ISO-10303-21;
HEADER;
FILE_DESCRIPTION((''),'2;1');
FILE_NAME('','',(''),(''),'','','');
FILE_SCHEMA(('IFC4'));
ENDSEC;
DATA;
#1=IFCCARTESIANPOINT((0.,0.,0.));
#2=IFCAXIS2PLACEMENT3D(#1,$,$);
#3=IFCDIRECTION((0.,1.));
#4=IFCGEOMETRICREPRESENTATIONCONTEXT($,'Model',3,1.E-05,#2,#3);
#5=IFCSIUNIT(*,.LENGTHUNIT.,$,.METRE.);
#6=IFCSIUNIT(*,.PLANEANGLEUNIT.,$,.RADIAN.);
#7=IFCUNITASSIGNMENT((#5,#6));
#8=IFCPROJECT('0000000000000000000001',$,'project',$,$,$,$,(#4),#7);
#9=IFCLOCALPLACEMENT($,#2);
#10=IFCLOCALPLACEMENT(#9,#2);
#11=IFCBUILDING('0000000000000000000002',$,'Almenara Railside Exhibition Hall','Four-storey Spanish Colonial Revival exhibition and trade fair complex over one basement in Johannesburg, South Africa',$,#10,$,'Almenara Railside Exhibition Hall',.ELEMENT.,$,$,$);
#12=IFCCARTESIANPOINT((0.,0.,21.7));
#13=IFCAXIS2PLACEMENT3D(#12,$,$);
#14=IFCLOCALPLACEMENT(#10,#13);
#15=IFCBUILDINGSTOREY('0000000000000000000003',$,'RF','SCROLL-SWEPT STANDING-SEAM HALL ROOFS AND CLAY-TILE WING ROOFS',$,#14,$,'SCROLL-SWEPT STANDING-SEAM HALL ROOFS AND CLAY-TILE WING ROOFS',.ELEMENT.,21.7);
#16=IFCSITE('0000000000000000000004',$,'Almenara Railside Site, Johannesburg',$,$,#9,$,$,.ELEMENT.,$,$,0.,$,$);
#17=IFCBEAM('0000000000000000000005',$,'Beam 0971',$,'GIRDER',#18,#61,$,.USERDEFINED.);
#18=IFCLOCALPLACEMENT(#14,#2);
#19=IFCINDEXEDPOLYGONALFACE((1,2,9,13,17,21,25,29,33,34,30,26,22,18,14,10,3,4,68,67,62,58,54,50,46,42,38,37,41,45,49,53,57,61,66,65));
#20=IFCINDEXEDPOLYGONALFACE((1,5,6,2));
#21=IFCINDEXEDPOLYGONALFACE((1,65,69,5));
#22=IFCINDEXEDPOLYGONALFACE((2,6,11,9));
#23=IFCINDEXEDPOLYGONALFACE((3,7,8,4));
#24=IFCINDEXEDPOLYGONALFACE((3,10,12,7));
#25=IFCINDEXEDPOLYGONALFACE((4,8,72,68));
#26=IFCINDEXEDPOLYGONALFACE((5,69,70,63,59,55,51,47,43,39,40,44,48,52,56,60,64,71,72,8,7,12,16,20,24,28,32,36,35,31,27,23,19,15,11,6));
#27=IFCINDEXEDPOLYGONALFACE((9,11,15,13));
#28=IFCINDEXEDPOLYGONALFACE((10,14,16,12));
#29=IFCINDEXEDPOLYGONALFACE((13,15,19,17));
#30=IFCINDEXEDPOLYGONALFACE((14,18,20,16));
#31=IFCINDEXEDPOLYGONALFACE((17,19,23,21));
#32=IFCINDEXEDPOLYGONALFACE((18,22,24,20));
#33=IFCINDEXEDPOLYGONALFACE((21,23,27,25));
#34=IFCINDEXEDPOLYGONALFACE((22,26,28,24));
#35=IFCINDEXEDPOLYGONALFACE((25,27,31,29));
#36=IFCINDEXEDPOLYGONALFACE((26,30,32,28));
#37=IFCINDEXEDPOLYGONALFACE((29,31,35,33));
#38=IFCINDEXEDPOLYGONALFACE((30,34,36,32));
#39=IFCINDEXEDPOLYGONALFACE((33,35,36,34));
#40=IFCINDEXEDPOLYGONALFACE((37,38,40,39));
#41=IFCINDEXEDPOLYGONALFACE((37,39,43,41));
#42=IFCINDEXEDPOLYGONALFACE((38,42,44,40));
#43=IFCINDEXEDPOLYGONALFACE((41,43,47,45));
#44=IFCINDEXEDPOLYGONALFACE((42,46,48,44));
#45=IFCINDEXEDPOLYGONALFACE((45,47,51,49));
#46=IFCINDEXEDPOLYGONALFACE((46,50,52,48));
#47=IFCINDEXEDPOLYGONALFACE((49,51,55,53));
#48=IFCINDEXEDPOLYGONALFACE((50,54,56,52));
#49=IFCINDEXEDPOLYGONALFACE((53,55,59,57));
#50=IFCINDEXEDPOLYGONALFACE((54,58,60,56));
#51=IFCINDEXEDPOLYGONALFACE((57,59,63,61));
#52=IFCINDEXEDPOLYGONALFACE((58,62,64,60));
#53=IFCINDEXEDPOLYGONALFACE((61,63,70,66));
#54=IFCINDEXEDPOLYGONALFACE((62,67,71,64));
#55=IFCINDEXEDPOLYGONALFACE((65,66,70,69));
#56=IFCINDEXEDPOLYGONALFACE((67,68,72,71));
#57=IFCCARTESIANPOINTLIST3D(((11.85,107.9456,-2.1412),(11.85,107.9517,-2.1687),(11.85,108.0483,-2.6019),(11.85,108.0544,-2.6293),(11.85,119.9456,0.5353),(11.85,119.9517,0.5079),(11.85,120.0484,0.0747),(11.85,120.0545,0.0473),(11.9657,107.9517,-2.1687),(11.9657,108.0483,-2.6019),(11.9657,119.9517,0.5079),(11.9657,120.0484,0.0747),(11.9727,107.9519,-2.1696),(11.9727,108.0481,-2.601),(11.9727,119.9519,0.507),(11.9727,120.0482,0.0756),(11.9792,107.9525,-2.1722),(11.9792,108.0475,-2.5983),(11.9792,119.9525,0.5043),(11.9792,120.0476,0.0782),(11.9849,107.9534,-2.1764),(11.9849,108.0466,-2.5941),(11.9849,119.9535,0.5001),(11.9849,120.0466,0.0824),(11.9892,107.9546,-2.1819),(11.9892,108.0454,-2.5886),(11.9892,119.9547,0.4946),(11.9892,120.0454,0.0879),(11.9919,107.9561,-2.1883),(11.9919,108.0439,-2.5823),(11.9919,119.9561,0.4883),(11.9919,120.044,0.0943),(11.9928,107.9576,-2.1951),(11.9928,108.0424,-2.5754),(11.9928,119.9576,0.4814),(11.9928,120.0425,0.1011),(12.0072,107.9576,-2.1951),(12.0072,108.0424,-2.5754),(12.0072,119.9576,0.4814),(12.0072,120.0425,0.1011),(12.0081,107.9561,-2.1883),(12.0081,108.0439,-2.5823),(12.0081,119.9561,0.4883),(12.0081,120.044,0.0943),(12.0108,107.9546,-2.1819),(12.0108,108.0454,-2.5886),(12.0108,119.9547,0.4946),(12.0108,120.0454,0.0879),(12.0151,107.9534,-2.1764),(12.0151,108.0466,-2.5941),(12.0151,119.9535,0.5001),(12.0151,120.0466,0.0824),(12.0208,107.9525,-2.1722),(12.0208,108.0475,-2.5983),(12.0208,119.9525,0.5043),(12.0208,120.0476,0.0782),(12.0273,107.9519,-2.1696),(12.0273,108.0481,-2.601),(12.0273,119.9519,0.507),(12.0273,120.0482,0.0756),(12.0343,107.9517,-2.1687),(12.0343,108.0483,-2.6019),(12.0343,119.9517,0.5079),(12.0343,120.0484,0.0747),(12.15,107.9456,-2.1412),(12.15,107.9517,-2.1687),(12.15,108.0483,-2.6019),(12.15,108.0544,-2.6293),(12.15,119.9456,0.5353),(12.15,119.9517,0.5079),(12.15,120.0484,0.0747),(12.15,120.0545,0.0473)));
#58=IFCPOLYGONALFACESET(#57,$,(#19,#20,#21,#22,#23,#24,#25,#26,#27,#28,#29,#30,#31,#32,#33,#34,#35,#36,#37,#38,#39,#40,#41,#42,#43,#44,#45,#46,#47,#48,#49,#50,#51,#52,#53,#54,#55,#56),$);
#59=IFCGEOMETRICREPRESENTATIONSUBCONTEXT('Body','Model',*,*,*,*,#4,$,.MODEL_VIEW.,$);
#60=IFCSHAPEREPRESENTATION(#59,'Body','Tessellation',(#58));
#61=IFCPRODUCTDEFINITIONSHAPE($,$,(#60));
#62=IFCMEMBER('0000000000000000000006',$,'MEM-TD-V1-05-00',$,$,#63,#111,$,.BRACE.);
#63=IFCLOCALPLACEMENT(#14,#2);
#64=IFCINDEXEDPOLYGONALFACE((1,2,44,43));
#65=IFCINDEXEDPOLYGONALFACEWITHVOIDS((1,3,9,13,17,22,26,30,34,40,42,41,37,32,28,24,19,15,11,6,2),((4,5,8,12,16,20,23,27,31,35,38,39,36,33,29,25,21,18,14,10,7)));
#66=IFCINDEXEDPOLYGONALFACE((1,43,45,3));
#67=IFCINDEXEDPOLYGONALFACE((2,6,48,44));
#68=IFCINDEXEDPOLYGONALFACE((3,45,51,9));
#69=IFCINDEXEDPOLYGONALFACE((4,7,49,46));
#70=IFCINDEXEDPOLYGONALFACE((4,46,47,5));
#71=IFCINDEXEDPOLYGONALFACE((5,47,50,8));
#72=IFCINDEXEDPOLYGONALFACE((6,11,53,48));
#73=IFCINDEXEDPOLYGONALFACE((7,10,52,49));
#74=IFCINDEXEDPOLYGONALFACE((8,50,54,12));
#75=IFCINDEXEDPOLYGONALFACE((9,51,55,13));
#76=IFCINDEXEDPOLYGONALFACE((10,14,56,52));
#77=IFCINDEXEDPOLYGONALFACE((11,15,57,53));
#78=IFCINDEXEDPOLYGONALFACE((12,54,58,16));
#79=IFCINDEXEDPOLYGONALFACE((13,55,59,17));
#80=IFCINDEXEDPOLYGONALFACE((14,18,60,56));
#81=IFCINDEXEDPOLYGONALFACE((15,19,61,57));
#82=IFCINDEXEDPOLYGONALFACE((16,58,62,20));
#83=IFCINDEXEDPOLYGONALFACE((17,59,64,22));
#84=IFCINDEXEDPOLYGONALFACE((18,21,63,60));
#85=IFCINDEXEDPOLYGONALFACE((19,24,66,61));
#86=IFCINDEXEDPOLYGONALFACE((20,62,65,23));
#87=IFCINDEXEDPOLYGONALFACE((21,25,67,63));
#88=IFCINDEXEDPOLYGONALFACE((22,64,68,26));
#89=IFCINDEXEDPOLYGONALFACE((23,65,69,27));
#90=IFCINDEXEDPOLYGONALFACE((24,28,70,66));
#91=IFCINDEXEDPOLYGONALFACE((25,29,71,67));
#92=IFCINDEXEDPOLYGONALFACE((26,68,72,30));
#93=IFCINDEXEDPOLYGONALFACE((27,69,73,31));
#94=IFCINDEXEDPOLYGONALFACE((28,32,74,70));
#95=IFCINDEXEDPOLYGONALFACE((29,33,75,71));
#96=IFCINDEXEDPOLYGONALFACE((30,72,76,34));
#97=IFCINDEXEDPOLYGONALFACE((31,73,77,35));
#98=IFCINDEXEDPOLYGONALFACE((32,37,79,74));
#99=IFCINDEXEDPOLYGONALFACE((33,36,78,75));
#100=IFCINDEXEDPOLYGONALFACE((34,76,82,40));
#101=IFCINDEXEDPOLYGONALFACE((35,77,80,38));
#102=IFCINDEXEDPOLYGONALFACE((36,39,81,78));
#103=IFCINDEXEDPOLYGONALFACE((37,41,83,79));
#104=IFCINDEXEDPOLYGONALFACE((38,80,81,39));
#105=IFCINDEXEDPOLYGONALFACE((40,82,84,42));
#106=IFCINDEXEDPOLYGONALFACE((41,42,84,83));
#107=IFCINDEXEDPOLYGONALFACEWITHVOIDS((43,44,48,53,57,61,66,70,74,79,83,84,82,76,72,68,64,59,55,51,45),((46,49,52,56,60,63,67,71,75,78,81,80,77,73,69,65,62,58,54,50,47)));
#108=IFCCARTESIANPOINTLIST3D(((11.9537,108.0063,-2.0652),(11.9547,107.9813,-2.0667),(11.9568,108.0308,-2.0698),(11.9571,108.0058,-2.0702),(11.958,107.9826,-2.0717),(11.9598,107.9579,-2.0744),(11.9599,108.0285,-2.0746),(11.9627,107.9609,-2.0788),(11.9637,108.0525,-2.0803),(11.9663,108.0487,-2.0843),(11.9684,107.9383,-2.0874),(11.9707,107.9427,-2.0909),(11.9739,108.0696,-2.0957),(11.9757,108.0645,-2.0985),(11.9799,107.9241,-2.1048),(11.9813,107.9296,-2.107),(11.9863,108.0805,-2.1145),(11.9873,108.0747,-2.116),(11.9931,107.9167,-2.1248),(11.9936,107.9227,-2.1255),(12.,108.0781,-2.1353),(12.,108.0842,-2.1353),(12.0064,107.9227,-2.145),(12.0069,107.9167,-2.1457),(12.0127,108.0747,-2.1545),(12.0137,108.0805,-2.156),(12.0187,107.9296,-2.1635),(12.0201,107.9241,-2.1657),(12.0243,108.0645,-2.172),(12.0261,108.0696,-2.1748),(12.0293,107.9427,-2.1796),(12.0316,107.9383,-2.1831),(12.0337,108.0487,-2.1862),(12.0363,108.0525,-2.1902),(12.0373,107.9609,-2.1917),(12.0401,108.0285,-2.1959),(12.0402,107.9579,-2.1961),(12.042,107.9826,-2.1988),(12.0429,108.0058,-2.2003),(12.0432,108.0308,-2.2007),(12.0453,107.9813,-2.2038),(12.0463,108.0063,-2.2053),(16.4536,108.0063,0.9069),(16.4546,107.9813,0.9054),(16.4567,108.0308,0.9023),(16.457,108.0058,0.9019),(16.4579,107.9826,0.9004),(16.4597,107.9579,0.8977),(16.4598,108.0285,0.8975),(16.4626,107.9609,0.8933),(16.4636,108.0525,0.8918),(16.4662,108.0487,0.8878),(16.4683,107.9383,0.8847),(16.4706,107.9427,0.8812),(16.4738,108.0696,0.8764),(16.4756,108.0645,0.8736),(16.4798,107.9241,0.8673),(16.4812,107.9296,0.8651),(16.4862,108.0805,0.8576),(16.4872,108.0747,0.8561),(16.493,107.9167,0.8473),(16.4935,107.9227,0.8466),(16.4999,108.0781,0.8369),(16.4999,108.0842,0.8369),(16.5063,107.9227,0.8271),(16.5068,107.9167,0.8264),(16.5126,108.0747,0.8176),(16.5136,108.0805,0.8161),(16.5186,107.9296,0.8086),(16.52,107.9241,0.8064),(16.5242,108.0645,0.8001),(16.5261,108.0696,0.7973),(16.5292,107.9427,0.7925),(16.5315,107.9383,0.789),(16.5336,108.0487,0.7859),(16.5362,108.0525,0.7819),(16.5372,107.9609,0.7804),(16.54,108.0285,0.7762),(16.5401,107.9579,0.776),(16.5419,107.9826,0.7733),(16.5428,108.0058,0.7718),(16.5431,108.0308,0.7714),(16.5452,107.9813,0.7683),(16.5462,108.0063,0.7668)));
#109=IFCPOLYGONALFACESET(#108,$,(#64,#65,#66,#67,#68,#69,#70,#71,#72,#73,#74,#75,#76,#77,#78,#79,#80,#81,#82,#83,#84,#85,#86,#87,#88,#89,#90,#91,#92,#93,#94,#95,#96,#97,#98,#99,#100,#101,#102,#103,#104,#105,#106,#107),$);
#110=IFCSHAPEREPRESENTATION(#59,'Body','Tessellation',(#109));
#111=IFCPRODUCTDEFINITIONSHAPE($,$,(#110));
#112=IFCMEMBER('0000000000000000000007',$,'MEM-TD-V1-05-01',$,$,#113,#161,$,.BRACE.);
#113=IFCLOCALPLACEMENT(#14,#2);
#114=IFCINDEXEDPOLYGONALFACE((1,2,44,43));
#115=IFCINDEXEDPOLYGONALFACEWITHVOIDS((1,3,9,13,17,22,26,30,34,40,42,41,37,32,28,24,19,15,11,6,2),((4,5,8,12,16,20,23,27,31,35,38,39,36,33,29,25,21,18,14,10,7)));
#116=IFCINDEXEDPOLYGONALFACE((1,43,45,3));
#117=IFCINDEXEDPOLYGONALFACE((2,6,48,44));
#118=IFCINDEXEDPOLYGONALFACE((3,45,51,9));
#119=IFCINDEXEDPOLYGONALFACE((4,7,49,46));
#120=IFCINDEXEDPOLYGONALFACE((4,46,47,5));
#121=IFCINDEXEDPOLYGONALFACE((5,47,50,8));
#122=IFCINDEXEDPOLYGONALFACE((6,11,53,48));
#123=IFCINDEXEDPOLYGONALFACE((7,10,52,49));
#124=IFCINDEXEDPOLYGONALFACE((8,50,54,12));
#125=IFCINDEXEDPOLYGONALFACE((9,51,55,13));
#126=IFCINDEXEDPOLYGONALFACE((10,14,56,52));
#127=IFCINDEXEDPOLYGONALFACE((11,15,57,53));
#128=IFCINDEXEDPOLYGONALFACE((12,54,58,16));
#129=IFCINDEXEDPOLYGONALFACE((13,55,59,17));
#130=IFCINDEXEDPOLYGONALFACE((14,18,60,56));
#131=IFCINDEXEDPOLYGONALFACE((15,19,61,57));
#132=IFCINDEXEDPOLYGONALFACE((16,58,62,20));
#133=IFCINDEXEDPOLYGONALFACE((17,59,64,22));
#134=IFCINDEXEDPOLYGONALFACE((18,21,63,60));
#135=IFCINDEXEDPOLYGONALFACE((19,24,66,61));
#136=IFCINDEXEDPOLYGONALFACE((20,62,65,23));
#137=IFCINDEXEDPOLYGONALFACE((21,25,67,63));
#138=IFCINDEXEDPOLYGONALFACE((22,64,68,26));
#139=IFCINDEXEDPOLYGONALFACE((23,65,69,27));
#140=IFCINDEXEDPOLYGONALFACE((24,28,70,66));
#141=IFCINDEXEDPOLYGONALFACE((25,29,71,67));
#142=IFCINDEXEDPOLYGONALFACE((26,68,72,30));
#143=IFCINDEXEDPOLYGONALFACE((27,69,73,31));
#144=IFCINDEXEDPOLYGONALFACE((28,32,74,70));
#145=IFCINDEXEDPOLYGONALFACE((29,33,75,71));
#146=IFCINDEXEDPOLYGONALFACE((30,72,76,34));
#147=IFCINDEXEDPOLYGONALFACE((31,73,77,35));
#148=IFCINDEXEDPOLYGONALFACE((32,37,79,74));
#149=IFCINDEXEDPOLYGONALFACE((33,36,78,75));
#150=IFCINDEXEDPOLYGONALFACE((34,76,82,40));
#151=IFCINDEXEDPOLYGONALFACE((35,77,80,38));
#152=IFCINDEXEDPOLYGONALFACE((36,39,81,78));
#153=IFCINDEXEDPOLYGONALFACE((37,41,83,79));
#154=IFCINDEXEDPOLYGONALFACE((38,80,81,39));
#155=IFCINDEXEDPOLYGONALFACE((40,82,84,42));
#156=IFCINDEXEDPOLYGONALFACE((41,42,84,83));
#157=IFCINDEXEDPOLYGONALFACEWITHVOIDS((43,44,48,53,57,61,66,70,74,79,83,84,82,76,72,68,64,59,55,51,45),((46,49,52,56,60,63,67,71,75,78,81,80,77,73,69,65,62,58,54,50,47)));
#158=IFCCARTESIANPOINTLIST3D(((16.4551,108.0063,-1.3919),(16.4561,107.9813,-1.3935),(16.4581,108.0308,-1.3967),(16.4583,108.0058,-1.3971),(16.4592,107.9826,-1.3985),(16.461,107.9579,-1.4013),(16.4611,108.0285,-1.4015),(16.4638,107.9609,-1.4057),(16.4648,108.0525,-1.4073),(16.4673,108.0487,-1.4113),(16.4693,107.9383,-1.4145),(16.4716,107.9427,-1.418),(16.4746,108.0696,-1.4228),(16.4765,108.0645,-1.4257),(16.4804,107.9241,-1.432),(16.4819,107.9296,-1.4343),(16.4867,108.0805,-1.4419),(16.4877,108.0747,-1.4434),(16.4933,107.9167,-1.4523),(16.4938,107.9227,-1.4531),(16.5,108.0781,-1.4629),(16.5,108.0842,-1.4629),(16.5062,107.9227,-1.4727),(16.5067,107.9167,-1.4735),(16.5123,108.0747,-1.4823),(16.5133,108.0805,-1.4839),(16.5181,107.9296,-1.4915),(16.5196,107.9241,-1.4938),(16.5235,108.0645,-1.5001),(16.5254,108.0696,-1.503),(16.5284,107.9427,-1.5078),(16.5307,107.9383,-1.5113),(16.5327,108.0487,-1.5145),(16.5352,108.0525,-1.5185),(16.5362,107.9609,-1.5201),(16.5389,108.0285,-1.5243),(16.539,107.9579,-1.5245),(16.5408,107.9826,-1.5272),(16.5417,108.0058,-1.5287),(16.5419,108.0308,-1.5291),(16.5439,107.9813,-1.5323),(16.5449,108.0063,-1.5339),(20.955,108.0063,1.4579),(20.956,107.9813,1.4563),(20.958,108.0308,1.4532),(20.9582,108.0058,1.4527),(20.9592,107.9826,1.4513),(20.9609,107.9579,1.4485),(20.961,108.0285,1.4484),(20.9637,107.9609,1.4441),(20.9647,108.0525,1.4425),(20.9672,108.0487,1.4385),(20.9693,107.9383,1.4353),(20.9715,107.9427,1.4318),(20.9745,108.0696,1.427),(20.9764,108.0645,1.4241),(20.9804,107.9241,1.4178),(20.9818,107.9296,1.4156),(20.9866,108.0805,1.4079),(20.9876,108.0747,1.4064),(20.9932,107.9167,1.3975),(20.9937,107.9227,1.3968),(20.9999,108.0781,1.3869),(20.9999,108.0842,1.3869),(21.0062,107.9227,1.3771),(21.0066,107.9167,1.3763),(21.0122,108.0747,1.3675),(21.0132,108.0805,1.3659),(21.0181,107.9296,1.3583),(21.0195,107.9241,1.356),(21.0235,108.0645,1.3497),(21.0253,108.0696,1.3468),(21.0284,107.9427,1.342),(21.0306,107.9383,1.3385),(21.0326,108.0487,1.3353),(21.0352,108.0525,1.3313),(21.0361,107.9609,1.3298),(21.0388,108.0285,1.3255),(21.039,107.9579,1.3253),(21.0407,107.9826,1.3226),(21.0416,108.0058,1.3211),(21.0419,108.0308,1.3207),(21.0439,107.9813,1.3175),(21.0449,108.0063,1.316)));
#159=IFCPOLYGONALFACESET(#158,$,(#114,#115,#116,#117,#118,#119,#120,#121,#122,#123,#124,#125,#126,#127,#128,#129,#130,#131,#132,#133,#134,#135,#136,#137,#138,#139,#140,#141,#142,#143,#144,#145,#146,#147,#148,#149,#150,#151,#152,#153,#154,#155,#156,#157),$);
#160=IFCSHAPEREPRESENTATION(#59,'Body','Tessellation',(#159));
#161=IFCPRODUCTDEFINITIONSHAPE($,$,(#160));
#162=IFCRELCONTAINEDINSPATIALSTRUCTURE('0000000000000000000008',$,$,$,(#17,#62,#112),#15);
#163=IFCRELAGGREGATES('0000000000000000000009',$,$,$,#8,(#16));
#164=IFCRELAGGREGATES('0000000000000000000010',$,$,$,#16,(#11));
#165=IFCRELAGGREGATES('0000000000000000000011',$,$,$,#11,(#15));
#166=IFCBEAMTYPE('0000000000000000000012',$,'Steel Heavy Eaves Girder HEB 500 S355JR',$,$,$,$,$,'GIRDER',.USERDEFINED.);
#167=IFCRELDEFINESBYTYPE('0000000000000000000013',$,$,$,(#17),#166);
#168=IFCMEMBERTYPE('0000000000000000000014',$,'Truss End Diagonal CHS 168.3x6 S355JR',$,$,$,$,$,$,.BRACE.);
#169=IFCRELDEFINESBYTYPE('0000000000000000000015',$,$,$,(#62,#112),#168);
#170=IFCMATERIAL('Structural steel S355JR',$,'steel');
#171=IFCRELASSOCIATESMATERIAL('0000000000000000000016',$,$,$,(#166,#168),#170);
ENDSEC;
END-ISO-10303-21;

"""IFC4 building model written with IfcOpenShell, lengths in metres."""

from ifc_helpers import new_model, si_unit, direction, frame, origin, origin_2d, place, context, subcontext, project, spatial, hollow_circle, i_section, extrude, material, material_profile, profile_set, type_object, element, save


model = new_model("IFC4")

# Units and contexts
model_context = context("Model", 3, precision=1e-05, world=origin(), true_north=direction((0.0, 1.0)))
body_context = subcontext(model_context, "Body", "Model", "MODEL_VIEW")
ifc_project = project(units=[si_unit("LENGTHUNIT", "METRE"), si_unit("PLANEANGLEUNIT", "RADIAN")], contexts=[model_context])

# Site, building, storey
site_placement = place(None, origin())
site = spatial("IfcSite", under=ifc_project, at=site_placement, Name="Almenara Railside Site, Johannesburg", CompositionType="ELEMENT", RefElevation=0.0)
building_placement = place(site_placement, origin())
building = spatial("IfcBuilding", under=site, at=building_placement, Name="Almenara Railside Exhibition Hall", Description="Four-storey Spanish Colonial Revival exhibition and trade fair complex over one basement in Johannesburg, South Africa", LongName="Almenara Railside Exhibition Hall", CompositionType="ELEMENT")
storey_placement = place(building_placement, frame((0.0, 0.0, 21.7)))
storey = spatial("IfcBuildingStorey", under=building, at=storey_placement, Name="RF", Description="SCROLL-SWEPT STANDING-SEAM HALL ROOFS AND CLAY-TILE WING ROOFS", LongName="SCROLL-SWEPT STANDING-SEAM HALL ROOFS AND CLAY-TILE WING ROOFS", CompositionType="ELEMENT", Elevation=21.7)

# Shared definitions
ifc_material_1 = material(Name="Structural steel S355JR", Category="steel")

# Beam
ifc_material_profile_1 = material_profile(ifc_material_1, i_section(OverallWidth=0.3, OverallDepth=0.5, WebThickness=0.0144, FlangeThickness=0.0281, FilletRadius=0.0271, at=origin_2d()), Name="HEB 500")
ifc_profile_set_1 = profile_set([ifc_material_profile_1], Name="Structural steel S355JR")
beam_type = type_object("IfcBeamType", Name="Steel Heavy Eaves Girder HEB 500 S355JR", ElementType="GIRDER", PredefinedType="USERDEFINED", material=ifc_profile_set_1)
beam_placement = place(storey_placement, frame((12.0, 108.0, -2.3853), z_axis=(0.0, 0.976017, 0.217694), x_axis=(-1.0, 0.0, 0.0)))
element("IfcBeam", 1, at=beam_placement, inside=storey, type_object=beam_type, Name="Beam 0971", ObjectType="GIRDER", PredefinedType="USERDEFINED", context=body_context, shape_type="SweptSolid", body=[
    extrude(i_section(OverallWidth=0.3, OverallDepth=0.5, WebThickness=0.0144, FlangeThickness=0.0281, FilletRadius=0.0271, at=origin_2d()), origin(), (0.0, 0.0, 1.0), 12.2949),
])

# Members
ifc_material_profile_2 = material_profile(ifc_material_1, hollow_circle(Radius=0.0842, WallThickness=0.0061, at=origin_2d()), Name="CHS 168.3x6")
ifc_profile_set_2 = profile_set([ifc_material_profile_2], Name="Structural steel S355JR")
member_type_1 = type_object("IfcMemberType", Name="Truss End Diagonal CHS 168.3x6 S355JR", PredefinedType="BRACE", material=ifc_profile_set_2)
member_1_placement = place(storey_placement, frame((12.0, 108.0, -2.1353), z_axis=(0.834425, 0.0, 0.551122), x_axis=(0.0, 1.0, 0.0)))
element("IfcMember", 2, at=member_1_placement, inside=storey, type_object=member_type_1, Name="MEM-TD-V1-05-00", PredefinedType="BRACE", context=body_context, shape_type="SweptSolid", body=[
    extrude(hollow_circle(Radius=0.0842, WallThickness=0.0061, at=origin_2d()), origin(), (0.0, 0.0, 1.0), 5.3928),
])
member_2_placement = place(storey_placement, frame((16.5, 108.0, -1.4629), z_axis=(0.844832, 0.0, 0.535032), x_axis=(0.0, 1.0, 0.0)))
element("IfcMember", 3, at=member_2_placement, inside=storey, type_object=member_type_1, Name="MEM-TD-V1-05-01", PredefinedType="BRACE", context=body_context, shape_type="SweptSolid", body=[
    extrude(hollow_circle(Radius=0.0842, WallThickness=0.0061, at=origin_2d()), origin(), (0.0, 0.0, 1.0), 5.3264),
])

save(model, "model.ifc")
